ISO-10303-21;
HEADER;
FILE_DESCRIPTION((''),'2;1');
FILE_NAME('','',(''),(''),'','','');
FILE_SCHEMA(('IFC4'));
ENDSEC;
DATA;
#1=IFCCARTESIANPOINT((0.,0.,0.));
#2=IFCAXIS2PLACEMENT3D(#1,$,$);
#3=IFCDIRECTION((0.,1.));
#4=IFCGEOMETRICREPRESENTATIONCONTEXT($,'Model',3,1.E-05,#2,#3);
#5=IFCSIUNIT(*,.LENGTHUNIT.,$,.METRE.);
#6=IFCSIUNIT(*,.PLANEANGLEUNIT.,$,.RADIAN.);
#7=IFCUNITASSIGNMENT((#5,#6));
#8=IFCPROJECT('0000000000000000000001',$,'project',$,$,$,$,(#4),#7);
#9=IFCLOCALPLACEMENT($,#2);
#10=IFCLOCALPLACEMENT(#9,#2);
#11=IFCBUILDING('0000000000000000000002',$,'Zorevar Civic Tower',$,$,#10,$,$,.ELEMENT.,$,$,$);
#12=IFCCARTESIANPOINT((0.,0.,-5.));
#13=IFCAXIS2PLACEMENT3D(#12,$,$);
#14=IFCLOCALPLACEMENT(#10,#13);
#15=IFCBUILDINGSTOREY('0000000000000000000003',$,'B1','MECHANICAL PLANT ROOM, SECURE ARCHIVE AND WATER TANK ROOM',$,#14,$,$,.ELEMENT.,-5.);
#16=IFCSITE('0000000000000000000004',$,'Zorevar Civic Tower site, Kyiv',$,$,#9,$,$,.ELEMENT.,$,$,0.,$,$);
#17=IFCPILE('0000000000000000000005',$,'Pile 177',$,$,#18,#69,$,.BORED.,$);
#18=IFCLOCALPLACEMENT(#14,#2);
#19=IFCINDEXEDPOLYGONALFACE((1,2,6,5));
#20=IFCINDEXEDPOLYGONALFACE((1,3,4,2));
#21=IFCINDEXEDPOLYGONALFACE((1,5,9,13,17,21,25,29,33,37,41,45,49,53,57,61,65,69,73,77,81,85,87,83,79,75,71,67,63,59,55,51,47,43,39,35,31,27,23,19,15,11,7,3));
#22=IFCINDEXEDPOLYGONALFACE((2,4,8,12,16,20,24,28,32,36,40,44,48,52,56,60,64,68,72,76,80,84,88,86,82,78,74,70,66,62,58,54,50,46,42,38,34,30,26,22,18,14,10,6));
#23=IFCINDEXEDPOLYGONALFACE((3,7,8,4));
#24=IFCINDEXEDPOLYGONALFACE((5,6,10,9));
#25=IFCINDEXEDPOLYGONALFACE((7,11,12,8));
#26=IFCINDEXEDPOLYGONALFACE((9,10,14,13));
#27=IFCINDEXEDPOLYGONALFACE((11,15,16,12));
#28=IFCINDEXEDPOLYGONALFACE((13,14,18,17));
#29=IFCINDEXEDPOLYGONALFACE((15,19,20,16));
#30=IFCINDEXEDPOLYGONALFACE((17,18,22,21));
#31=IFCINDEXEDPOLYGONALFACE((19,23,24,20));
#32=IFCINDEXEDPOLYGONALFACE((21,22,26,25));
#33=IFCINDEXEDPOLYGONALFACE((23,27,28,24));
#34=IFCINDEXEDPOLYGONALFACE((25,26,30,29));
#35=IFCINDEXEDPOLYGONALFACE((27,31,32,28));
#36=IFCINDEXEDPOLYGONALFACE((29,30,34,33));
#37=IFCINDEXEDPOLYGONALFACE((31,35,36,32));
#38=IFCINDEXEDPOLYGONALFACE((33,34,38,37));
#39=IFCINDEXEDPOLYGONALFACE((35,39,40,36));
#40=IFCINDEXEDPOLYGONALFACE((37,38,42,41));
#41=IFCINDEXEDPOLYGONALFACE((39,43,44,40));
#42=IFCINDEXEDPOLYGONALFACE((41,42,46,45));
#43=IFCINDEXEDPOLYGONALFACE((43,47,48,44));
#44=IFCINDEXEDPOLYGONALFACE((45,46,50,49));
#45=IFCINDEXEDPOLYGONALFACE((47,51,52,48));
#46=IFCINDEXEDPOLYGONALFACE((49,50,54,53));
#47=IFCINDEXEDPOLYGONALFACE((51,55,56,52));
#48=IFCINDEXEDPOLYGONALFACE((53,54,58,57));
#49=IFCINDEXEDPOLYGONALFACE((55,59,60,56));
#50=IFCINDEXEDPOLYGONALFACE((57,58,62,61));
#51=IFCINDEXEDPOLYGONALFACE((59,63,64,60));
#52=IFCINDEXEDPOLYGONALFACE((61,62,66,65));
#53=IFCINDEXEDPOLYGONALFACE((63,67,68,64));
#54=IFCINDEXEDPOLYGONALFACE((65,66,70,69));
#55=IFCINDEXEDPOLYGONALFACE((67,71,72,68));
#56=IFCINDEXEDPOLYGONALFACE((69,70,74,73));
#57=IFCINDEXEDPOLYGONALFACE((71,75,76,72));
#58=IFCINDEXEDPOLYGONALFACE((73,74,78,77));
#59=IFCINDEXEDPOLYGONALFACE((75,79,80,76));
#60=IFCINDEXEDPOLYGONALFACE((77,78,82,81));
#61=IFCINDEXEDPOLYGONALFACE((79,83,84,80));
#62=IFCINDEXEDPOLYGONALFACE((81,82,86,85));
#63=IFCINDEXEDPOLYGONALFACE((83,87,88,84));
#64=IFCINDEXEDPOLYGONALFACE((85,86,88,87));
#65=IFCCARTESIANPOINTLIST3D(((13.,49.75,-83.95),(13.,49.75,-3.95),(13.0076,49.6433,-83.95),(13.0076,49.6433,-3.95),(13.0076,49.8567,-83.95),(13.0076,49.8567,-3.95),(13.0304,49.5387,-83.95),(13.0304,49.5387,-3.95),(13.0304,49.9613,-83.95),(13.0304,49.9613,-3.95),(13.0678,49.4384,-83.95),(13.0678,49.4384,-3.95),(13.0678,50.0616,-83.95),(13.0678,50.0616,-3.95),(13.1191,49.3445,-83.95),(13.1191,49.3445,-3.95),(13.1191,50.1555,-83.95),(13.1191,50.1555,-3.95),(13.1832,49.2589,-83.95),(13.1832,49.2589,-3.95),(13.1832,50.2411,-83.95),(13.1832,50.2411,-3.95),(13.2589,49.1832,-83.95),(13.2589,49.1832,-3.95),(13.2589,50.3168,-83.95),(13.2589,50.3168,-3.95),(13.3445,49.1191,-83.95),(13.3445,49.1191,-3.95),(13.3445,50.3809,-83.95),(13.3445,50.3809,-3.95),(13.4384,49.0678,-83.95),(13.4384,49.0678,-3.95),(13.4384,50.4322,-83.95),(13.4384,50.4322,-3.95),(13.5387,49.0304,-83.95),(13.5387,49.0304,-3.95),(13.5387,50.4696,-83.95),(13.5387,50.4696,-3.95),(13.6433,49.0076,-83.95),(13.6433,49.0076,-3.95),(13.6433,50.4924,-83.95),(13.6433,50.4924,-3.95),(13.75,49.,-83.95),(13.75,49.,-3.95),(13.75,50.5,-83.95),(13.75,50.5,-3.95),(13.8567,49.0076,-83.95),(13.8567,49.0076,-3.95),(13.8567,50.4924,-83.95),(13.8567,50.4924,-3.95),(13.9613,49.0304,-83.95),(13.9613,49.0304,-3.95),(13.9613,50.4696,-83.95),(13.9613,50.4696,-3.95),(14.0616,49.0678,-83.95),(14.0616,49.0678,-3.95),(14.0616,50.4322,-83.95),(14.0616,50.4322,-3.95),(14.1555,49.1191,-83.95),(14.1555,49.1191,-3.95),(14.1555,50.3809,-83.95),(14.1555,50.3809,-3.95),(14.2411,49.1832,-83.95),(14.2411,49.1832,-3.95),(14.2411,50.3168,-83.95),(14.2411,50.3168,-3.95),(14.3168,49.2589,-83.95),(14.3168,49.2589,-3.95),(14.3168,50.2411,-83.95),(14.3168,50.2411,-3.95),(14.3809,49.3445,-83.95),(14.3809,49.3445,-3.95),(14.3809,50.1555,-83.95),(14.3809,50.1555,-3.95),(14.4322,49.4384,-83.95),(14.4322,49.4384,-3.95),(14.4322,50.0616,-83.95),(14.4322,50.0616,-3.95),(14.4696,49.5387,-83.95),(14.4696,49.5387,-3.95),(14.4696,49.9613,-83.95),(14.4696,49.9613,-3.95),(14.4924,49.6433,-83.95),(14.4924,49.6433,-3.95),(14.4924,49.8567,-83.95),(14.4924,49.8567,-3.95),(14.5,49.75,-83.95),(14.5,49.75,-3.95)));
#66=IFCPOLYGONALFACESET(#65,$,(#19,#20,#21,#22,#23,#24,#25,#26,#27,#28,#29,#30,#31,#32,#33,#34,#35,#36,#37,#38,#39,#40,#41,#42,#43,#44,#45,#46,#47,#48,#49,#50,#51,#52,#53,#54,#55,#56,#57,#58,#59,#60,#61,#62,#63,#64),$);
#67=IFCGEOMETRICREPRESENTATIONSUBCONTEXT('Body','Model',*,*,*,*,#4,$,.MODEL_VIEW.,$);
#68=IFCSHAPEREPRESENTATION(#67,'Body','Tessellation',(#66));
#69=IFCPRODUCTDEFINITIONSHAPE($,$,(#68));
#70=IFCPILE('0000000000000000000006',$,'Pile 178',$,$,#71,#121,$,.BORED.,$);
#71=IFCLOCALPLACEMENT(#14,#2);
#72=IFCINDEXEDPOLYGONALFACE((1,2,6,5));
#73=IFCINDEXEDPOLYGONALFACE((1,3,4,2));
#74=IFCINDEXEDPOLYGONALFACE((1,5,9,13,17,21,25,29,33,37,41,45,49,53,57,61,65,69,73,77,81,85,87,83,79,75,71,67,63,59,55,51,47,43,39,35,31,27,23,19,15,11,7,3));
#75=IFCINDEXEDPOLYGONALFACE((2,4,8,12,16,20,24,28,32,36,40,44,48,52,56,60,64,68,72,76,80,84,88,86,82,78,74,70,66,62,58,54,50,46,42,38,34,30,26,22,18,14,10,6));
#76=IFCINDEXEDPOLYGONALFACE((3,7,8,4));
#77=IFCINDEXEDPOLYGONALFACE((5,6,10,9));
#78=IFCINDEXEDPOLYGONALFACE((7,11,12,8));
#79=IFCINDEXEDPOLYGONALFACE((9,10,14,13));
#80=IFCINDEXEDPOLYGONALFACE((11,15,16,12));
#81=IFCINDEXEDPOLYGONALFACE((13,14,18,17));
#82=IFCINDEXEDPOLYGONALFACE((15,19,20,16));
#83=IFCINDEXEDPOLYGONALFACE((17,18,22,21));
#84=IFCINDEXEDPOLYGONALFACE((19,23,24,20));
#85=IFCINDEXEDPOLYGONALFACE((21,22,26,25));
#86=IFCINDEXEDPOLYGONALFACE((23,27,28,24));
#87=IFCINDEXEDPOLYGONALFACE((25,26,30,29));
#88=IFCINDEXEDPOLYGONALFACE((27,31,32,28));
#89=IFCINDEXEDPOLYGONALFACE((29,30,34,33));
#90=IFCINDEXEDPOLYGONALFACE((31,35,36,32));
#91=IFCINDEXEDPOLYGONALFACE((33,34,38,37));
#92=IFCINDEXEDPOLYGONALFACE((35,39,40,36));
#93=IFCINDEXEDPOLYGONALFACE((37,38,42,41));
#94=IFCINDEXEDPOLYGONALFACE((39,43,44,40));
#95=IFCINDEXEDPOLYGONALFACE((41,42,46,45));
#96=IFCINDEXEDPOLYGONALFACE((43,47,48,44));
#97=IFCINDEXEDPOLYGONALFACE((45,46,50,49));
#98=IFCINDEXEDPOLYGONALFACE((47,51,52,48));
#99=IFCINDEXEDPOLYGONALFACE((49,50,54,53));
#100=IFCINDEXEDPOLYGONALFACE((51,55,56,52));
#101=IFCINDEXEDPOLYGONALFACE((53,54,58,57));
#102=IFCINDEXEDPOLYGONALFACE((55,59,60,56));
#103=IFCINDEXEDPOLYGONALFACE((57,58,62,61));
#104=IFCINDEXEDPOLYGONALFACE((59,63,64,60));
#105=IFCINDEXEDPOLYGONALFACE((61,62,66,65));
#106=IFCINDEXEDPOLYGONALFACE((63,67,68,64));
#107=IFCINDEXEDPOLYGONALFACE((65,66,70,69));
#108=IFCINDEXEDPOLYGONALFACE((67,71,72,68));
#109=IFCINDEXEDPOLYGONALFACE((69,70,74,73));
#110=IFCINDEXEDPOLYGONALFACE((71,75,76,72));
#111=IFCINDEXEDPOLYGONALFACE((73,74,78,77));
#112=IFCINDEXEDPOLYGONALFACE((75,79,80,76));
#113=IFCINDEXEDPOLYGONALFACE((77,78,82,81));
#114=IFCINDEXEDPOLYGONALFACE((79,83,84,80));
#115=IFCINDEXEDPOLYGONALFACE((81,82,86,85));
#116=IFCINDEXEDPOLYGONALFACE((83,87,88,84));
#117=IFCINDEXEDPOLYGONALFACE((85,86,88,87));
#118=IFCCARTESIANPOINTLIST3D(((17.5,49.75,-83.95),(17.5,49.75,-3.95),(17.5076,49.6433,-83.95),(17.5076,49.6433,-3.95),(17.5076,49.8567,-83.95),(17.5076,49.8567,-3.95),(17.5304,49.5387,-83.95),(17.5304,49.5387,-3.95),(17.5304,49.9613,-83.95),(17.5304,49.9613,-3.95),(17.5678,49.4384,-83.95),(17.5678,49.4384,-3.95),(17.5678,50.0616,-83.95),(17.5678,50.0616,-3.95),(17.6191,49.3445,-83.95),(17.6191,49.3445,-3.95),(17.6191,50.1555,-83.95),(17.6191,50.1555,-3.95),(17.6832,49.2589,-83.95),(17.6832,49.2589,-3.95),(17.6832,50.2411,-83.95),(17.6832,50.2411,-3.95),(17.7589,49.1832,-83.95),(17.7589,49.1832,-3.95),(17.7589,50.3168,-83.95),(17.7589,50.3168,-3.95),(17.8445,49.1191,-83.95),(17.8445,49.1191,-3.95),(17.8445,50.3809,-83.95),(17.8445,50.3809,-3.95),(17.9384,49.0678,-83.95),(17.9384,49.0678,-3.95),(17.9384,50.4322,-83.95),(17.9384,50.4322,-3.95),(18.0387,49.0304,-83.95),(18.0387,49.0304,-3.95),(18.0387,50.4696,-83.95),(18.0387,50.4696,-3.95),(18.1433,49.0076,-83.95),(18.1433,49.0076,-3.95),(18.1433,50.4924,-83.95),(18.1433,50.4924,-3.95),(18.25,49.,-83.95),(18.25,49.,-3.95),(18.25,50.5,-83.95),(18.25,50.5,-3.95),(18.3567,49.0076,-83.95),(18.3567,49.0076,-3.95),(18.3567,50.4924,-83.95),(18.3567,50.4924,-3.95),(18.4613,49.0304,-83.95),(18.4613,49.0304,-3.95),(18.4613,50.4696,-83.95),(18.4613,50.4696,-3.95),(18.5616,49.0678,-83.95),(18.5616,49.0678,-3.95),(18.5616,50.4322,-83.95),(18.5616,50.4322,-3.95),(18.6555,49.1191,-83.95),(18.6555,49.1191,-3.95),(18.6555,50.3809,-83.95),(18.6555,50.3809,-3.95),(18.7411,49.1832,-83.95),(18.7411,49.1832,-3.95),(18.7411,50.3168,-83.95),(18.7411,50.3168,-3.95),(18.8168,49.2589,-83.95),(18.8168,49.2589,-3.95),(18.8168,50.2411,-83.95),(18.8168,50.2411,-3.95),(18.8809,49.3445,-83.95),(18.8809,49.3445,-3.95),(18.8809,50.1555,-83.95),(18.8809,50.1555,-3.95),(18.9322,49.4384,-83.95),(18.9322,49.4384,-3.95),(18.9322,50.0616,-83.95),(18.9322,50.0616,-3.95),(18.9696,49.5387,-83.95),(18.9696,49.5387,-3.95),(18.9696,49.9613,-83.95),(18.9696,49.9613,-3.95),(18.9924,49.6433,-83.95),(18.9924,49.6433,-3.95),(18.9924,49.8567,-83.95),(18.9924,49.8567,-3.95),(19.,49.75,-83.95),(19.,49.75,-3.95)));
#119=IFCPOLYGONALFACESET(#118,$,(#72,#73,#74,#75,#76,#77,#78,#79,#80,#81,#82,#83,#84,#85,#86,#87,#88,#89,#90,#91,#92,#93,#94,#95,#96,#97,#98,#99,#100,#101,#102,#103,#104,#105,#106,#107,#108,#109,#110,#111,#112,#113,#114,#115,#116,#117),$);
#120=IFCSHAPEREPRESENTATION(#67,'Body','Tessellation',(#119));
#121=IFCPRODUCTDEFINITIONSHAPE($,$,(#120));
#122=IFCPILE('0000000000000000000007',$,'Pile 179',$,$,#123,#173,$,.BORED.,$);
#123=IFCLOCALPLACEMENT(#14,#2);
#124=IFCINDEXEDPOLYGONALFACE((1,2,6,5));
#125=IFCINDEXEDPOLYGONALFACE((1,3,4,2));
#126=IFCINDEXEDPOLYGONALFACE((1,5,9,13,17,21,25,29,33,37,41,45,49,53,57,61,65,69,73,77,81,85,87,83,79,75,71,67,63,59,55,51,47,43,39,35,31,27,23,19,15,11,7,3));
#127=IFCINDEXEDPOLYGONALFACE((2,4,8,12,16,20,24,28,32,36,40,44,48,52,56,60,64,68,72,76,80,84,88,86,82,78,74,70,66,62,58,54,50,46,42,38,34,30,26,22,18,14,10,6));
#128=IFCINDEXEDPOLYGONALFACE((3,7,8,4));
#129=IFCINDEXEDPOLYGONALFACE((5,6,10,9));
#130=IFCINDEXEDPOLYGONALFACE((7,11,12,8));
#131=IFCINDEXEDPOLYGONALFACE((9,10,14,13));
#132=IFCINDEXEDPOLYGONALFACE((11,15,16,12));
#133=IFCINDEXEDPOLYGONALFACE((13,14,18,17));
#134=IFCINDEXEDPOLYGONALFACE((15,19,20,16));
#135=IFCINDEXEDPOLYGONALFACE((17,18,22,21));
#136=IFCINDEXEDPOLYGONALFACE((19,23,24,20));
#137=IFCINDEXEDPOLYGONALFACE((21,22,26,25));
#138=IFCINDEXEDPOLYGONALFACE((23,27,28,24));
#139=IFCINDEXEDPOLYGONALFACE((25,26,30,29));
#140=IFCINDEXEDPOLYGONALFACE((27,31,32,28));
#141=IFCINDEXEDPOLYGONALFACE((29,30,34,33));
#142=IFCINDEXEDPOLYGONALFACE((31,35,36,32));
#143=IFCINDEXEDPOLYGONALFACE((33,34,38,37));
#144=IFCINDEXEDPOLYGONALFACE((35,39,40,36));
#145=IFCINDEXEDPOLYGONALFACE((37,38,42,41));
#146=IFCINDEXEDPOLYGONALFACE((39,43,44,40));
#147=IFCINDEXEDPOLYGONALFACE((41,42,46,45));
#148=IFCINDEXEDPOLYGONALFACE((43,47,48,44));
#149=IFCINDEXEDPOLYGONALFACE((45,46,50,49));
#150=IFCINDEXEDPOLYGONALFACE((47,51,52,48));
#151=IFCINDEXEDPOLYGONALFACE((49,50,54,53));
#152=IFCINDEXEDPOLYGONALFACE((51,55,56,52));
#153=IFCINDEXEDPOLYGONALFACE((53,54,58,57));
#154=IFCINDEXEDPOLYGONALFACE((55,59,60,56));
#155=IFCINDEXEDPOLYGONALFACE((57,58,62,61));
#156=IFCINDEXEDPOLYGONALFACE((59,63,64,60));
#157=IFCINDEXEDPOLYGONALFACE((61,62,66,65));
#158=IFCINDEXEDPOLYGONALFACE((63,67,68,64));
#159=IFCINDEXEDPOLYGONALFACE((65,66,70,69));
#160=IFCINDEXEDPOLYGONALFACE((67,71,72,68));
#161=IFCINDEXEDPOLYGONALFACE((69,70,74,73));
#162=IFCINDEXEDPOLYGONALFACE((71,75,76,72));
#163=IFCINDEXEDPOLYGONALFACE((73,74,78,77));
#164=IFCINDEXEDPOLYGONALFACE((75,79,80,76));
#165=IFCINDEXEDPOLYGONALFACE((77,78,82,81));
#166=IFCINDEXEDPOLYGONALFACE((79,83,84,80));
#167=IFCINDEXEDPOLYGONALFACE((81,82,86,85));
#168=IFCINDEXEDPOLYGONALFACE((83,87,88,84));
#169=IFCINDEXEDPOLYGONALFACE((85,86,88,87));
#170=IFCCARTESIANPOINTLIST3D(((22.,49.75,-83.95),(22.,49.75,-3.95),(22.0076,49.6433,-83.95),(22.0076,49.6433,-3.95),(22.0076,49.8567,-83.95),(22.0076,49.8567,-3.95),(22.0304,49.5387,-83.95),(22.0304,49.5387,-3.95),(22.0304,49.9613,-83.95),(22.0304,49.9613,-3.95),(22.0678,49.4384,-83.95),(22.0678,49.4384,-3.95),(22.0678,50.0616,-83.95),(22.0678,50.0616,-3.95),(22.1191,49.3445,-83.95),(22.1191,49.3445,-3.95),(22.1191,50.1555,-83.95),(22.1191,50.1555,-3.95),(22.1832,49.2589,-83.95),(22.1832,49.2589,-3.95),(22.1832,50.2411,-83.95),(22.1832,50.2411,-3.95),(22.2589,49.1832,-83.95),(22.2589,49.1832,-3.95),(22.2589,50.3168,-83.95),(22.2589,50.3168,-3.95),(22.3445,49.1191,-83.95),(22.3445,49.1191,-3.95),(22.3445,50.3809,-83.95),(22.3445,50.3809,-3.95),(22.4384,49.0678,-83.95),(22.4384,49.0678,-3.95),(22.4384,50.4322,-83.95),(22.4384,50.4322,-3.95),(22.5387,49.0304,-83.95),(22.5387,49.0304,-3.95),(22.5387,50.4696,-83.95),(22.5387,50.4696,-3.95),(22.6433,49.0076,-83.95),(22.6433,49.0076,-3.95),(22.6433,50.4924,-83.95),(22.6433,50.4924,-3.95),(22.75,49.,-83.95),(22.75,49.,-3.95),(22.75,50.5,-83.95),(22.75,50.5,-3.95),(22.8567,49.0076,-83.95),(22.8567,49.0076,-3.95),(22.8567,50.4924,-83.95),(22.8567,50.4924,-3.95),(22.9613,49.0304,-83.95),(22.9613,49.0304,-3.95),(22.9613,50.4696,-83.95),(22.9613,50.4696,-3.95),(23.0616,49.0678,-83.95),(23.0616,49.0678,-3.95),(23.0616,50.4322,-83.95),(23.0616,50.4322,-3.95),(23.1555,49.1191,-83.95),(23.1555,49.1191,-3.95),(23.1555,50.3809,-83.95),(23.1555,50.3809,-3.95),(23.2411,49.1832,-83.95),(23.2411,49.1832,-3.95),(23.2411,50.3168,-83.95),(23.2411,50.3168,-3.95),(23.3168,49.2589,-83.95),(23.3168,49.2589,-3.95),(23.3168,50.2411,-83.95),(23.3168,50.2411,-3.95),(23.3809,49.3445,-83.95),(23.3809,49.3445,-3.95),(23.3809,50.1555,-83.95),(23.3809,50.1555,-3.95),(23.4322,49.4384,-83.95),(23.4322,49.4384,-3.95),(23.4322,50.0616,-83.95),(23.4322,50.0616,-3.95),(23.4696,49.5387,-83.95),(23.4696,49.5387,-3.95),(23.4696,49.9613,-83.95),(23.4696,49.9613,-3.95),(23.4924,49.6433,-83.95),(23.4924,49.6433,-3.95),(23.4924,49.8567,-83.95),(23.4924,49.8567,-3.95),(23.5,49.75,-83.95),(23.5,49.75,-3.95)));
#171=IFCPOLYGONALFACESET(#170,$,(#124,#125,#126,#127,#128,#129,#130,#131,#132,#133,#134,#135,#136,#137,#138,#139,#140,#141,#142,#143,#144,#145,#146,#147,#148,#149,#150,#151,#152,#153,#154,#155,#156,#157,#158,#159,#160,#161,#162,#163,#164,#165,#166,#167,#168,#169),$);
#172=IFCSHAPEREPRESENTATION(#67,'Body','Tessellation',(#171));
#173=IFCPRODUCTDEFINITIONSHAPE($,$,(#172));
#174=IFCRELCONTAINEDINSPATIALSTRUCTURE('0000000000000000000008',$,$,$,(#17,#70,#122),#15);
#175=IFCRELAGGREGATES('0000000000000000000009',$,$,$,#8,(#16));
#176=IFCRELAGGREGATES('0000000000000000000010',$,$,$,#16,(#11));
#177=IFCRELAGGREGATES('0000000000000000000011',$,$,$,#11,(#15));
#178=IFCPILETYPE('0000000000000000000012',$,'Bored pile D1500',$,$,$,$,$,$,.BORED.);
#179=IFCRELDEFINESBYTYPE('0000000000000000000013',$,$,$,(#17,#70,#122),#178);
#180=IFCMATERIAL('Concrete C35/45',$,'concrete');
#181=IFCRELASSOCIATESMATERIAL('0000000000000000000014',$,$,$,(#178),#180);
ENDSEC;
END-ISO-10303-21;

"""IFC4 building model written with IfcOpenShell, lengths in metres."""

from ifc_helpers import new_model, si_unit, direction, frame, origin, origin_2d, place, context, subcontext, project, spatial, circle, extrude, material, type_object, element, save


model = new_model("IFC4")

# Units and contexts
model_context = context("Model", 3, precision=1e-05, world=origin(), true_north=direction((0.0, 1.0)))
body_context = subcontext(model_context, "Body", "Model", "MODEL_VIEW")
ifc_project = project(units=[si_unit("LENGTHUNIT", "METRE"), si_unit("PLANEANGLEUNIT", "RADIAN")], contexts=[model_context])

# Site, building, storey
site_placement = place(None, origin())
site = spatial("IfcSite", under=ifc_project, at=site_placement, Name="Zorevar Civic Tower site, Kyiv", CompositionType="ELEMENT", RefElevation=0.0)
building_placement = place(site_placement, origin())
building = spatial("IfcBuilding", under=site, at=building_placement, Name="Zorevar Civic Tower", CompositionType="ELEMENT")
storey_placement = place(building_placement, frame((0.0, 0.0, -5.0)))
storey = spatial("IfcBuildingStorey", under=building, at=storey_placement, Name="B1", Description="MECHANICAL PLANT ROOM, SECURE ARCHIVE AND WATER TANK ROOM", CompositionType="ELEMENT", Elevation=-5.0)

# Piles
ifc_material_1 = material(Name="Concrete C35/45", Category="concrete")
pile_type = type_object("IfcPileType", Name="Bored pile D1500", PredefinedType="BORED", material=ifc_material_1)
for number, where, z_axis, x_axis, name in (
    (1, (13.75, 49.75, -3.95), (0.0, 0.0, -1.0), (1.0, 0.0, 0.0), "Pile 177"),
    (2, (18.25, 49.75, -3.95), (0.0, 0.0, -1.0), (1.0, 0.0, 0.0), "Pile 178"),
    (3, (22.75, 49.75, -3.95), (0.0, 0.0, -1.0), (1.0, 0.0, 0.0), "Pile 179"),
):
    element("IfcPile", number, at=place(storey_placement, frame(where, z_axis=z_axis, x_axis=x_axis)), inside=storey, type_object=pile_type, Name=name, PredefinedType="BORED", context=body_context, shape_type="SweptSolid", body=[
        extrude(circle(Radius=0.75, at=origin_2d()), origin(), (0.0, 0.0, 1.0), 80.0),
    ])

save(model, "model.ifc")
